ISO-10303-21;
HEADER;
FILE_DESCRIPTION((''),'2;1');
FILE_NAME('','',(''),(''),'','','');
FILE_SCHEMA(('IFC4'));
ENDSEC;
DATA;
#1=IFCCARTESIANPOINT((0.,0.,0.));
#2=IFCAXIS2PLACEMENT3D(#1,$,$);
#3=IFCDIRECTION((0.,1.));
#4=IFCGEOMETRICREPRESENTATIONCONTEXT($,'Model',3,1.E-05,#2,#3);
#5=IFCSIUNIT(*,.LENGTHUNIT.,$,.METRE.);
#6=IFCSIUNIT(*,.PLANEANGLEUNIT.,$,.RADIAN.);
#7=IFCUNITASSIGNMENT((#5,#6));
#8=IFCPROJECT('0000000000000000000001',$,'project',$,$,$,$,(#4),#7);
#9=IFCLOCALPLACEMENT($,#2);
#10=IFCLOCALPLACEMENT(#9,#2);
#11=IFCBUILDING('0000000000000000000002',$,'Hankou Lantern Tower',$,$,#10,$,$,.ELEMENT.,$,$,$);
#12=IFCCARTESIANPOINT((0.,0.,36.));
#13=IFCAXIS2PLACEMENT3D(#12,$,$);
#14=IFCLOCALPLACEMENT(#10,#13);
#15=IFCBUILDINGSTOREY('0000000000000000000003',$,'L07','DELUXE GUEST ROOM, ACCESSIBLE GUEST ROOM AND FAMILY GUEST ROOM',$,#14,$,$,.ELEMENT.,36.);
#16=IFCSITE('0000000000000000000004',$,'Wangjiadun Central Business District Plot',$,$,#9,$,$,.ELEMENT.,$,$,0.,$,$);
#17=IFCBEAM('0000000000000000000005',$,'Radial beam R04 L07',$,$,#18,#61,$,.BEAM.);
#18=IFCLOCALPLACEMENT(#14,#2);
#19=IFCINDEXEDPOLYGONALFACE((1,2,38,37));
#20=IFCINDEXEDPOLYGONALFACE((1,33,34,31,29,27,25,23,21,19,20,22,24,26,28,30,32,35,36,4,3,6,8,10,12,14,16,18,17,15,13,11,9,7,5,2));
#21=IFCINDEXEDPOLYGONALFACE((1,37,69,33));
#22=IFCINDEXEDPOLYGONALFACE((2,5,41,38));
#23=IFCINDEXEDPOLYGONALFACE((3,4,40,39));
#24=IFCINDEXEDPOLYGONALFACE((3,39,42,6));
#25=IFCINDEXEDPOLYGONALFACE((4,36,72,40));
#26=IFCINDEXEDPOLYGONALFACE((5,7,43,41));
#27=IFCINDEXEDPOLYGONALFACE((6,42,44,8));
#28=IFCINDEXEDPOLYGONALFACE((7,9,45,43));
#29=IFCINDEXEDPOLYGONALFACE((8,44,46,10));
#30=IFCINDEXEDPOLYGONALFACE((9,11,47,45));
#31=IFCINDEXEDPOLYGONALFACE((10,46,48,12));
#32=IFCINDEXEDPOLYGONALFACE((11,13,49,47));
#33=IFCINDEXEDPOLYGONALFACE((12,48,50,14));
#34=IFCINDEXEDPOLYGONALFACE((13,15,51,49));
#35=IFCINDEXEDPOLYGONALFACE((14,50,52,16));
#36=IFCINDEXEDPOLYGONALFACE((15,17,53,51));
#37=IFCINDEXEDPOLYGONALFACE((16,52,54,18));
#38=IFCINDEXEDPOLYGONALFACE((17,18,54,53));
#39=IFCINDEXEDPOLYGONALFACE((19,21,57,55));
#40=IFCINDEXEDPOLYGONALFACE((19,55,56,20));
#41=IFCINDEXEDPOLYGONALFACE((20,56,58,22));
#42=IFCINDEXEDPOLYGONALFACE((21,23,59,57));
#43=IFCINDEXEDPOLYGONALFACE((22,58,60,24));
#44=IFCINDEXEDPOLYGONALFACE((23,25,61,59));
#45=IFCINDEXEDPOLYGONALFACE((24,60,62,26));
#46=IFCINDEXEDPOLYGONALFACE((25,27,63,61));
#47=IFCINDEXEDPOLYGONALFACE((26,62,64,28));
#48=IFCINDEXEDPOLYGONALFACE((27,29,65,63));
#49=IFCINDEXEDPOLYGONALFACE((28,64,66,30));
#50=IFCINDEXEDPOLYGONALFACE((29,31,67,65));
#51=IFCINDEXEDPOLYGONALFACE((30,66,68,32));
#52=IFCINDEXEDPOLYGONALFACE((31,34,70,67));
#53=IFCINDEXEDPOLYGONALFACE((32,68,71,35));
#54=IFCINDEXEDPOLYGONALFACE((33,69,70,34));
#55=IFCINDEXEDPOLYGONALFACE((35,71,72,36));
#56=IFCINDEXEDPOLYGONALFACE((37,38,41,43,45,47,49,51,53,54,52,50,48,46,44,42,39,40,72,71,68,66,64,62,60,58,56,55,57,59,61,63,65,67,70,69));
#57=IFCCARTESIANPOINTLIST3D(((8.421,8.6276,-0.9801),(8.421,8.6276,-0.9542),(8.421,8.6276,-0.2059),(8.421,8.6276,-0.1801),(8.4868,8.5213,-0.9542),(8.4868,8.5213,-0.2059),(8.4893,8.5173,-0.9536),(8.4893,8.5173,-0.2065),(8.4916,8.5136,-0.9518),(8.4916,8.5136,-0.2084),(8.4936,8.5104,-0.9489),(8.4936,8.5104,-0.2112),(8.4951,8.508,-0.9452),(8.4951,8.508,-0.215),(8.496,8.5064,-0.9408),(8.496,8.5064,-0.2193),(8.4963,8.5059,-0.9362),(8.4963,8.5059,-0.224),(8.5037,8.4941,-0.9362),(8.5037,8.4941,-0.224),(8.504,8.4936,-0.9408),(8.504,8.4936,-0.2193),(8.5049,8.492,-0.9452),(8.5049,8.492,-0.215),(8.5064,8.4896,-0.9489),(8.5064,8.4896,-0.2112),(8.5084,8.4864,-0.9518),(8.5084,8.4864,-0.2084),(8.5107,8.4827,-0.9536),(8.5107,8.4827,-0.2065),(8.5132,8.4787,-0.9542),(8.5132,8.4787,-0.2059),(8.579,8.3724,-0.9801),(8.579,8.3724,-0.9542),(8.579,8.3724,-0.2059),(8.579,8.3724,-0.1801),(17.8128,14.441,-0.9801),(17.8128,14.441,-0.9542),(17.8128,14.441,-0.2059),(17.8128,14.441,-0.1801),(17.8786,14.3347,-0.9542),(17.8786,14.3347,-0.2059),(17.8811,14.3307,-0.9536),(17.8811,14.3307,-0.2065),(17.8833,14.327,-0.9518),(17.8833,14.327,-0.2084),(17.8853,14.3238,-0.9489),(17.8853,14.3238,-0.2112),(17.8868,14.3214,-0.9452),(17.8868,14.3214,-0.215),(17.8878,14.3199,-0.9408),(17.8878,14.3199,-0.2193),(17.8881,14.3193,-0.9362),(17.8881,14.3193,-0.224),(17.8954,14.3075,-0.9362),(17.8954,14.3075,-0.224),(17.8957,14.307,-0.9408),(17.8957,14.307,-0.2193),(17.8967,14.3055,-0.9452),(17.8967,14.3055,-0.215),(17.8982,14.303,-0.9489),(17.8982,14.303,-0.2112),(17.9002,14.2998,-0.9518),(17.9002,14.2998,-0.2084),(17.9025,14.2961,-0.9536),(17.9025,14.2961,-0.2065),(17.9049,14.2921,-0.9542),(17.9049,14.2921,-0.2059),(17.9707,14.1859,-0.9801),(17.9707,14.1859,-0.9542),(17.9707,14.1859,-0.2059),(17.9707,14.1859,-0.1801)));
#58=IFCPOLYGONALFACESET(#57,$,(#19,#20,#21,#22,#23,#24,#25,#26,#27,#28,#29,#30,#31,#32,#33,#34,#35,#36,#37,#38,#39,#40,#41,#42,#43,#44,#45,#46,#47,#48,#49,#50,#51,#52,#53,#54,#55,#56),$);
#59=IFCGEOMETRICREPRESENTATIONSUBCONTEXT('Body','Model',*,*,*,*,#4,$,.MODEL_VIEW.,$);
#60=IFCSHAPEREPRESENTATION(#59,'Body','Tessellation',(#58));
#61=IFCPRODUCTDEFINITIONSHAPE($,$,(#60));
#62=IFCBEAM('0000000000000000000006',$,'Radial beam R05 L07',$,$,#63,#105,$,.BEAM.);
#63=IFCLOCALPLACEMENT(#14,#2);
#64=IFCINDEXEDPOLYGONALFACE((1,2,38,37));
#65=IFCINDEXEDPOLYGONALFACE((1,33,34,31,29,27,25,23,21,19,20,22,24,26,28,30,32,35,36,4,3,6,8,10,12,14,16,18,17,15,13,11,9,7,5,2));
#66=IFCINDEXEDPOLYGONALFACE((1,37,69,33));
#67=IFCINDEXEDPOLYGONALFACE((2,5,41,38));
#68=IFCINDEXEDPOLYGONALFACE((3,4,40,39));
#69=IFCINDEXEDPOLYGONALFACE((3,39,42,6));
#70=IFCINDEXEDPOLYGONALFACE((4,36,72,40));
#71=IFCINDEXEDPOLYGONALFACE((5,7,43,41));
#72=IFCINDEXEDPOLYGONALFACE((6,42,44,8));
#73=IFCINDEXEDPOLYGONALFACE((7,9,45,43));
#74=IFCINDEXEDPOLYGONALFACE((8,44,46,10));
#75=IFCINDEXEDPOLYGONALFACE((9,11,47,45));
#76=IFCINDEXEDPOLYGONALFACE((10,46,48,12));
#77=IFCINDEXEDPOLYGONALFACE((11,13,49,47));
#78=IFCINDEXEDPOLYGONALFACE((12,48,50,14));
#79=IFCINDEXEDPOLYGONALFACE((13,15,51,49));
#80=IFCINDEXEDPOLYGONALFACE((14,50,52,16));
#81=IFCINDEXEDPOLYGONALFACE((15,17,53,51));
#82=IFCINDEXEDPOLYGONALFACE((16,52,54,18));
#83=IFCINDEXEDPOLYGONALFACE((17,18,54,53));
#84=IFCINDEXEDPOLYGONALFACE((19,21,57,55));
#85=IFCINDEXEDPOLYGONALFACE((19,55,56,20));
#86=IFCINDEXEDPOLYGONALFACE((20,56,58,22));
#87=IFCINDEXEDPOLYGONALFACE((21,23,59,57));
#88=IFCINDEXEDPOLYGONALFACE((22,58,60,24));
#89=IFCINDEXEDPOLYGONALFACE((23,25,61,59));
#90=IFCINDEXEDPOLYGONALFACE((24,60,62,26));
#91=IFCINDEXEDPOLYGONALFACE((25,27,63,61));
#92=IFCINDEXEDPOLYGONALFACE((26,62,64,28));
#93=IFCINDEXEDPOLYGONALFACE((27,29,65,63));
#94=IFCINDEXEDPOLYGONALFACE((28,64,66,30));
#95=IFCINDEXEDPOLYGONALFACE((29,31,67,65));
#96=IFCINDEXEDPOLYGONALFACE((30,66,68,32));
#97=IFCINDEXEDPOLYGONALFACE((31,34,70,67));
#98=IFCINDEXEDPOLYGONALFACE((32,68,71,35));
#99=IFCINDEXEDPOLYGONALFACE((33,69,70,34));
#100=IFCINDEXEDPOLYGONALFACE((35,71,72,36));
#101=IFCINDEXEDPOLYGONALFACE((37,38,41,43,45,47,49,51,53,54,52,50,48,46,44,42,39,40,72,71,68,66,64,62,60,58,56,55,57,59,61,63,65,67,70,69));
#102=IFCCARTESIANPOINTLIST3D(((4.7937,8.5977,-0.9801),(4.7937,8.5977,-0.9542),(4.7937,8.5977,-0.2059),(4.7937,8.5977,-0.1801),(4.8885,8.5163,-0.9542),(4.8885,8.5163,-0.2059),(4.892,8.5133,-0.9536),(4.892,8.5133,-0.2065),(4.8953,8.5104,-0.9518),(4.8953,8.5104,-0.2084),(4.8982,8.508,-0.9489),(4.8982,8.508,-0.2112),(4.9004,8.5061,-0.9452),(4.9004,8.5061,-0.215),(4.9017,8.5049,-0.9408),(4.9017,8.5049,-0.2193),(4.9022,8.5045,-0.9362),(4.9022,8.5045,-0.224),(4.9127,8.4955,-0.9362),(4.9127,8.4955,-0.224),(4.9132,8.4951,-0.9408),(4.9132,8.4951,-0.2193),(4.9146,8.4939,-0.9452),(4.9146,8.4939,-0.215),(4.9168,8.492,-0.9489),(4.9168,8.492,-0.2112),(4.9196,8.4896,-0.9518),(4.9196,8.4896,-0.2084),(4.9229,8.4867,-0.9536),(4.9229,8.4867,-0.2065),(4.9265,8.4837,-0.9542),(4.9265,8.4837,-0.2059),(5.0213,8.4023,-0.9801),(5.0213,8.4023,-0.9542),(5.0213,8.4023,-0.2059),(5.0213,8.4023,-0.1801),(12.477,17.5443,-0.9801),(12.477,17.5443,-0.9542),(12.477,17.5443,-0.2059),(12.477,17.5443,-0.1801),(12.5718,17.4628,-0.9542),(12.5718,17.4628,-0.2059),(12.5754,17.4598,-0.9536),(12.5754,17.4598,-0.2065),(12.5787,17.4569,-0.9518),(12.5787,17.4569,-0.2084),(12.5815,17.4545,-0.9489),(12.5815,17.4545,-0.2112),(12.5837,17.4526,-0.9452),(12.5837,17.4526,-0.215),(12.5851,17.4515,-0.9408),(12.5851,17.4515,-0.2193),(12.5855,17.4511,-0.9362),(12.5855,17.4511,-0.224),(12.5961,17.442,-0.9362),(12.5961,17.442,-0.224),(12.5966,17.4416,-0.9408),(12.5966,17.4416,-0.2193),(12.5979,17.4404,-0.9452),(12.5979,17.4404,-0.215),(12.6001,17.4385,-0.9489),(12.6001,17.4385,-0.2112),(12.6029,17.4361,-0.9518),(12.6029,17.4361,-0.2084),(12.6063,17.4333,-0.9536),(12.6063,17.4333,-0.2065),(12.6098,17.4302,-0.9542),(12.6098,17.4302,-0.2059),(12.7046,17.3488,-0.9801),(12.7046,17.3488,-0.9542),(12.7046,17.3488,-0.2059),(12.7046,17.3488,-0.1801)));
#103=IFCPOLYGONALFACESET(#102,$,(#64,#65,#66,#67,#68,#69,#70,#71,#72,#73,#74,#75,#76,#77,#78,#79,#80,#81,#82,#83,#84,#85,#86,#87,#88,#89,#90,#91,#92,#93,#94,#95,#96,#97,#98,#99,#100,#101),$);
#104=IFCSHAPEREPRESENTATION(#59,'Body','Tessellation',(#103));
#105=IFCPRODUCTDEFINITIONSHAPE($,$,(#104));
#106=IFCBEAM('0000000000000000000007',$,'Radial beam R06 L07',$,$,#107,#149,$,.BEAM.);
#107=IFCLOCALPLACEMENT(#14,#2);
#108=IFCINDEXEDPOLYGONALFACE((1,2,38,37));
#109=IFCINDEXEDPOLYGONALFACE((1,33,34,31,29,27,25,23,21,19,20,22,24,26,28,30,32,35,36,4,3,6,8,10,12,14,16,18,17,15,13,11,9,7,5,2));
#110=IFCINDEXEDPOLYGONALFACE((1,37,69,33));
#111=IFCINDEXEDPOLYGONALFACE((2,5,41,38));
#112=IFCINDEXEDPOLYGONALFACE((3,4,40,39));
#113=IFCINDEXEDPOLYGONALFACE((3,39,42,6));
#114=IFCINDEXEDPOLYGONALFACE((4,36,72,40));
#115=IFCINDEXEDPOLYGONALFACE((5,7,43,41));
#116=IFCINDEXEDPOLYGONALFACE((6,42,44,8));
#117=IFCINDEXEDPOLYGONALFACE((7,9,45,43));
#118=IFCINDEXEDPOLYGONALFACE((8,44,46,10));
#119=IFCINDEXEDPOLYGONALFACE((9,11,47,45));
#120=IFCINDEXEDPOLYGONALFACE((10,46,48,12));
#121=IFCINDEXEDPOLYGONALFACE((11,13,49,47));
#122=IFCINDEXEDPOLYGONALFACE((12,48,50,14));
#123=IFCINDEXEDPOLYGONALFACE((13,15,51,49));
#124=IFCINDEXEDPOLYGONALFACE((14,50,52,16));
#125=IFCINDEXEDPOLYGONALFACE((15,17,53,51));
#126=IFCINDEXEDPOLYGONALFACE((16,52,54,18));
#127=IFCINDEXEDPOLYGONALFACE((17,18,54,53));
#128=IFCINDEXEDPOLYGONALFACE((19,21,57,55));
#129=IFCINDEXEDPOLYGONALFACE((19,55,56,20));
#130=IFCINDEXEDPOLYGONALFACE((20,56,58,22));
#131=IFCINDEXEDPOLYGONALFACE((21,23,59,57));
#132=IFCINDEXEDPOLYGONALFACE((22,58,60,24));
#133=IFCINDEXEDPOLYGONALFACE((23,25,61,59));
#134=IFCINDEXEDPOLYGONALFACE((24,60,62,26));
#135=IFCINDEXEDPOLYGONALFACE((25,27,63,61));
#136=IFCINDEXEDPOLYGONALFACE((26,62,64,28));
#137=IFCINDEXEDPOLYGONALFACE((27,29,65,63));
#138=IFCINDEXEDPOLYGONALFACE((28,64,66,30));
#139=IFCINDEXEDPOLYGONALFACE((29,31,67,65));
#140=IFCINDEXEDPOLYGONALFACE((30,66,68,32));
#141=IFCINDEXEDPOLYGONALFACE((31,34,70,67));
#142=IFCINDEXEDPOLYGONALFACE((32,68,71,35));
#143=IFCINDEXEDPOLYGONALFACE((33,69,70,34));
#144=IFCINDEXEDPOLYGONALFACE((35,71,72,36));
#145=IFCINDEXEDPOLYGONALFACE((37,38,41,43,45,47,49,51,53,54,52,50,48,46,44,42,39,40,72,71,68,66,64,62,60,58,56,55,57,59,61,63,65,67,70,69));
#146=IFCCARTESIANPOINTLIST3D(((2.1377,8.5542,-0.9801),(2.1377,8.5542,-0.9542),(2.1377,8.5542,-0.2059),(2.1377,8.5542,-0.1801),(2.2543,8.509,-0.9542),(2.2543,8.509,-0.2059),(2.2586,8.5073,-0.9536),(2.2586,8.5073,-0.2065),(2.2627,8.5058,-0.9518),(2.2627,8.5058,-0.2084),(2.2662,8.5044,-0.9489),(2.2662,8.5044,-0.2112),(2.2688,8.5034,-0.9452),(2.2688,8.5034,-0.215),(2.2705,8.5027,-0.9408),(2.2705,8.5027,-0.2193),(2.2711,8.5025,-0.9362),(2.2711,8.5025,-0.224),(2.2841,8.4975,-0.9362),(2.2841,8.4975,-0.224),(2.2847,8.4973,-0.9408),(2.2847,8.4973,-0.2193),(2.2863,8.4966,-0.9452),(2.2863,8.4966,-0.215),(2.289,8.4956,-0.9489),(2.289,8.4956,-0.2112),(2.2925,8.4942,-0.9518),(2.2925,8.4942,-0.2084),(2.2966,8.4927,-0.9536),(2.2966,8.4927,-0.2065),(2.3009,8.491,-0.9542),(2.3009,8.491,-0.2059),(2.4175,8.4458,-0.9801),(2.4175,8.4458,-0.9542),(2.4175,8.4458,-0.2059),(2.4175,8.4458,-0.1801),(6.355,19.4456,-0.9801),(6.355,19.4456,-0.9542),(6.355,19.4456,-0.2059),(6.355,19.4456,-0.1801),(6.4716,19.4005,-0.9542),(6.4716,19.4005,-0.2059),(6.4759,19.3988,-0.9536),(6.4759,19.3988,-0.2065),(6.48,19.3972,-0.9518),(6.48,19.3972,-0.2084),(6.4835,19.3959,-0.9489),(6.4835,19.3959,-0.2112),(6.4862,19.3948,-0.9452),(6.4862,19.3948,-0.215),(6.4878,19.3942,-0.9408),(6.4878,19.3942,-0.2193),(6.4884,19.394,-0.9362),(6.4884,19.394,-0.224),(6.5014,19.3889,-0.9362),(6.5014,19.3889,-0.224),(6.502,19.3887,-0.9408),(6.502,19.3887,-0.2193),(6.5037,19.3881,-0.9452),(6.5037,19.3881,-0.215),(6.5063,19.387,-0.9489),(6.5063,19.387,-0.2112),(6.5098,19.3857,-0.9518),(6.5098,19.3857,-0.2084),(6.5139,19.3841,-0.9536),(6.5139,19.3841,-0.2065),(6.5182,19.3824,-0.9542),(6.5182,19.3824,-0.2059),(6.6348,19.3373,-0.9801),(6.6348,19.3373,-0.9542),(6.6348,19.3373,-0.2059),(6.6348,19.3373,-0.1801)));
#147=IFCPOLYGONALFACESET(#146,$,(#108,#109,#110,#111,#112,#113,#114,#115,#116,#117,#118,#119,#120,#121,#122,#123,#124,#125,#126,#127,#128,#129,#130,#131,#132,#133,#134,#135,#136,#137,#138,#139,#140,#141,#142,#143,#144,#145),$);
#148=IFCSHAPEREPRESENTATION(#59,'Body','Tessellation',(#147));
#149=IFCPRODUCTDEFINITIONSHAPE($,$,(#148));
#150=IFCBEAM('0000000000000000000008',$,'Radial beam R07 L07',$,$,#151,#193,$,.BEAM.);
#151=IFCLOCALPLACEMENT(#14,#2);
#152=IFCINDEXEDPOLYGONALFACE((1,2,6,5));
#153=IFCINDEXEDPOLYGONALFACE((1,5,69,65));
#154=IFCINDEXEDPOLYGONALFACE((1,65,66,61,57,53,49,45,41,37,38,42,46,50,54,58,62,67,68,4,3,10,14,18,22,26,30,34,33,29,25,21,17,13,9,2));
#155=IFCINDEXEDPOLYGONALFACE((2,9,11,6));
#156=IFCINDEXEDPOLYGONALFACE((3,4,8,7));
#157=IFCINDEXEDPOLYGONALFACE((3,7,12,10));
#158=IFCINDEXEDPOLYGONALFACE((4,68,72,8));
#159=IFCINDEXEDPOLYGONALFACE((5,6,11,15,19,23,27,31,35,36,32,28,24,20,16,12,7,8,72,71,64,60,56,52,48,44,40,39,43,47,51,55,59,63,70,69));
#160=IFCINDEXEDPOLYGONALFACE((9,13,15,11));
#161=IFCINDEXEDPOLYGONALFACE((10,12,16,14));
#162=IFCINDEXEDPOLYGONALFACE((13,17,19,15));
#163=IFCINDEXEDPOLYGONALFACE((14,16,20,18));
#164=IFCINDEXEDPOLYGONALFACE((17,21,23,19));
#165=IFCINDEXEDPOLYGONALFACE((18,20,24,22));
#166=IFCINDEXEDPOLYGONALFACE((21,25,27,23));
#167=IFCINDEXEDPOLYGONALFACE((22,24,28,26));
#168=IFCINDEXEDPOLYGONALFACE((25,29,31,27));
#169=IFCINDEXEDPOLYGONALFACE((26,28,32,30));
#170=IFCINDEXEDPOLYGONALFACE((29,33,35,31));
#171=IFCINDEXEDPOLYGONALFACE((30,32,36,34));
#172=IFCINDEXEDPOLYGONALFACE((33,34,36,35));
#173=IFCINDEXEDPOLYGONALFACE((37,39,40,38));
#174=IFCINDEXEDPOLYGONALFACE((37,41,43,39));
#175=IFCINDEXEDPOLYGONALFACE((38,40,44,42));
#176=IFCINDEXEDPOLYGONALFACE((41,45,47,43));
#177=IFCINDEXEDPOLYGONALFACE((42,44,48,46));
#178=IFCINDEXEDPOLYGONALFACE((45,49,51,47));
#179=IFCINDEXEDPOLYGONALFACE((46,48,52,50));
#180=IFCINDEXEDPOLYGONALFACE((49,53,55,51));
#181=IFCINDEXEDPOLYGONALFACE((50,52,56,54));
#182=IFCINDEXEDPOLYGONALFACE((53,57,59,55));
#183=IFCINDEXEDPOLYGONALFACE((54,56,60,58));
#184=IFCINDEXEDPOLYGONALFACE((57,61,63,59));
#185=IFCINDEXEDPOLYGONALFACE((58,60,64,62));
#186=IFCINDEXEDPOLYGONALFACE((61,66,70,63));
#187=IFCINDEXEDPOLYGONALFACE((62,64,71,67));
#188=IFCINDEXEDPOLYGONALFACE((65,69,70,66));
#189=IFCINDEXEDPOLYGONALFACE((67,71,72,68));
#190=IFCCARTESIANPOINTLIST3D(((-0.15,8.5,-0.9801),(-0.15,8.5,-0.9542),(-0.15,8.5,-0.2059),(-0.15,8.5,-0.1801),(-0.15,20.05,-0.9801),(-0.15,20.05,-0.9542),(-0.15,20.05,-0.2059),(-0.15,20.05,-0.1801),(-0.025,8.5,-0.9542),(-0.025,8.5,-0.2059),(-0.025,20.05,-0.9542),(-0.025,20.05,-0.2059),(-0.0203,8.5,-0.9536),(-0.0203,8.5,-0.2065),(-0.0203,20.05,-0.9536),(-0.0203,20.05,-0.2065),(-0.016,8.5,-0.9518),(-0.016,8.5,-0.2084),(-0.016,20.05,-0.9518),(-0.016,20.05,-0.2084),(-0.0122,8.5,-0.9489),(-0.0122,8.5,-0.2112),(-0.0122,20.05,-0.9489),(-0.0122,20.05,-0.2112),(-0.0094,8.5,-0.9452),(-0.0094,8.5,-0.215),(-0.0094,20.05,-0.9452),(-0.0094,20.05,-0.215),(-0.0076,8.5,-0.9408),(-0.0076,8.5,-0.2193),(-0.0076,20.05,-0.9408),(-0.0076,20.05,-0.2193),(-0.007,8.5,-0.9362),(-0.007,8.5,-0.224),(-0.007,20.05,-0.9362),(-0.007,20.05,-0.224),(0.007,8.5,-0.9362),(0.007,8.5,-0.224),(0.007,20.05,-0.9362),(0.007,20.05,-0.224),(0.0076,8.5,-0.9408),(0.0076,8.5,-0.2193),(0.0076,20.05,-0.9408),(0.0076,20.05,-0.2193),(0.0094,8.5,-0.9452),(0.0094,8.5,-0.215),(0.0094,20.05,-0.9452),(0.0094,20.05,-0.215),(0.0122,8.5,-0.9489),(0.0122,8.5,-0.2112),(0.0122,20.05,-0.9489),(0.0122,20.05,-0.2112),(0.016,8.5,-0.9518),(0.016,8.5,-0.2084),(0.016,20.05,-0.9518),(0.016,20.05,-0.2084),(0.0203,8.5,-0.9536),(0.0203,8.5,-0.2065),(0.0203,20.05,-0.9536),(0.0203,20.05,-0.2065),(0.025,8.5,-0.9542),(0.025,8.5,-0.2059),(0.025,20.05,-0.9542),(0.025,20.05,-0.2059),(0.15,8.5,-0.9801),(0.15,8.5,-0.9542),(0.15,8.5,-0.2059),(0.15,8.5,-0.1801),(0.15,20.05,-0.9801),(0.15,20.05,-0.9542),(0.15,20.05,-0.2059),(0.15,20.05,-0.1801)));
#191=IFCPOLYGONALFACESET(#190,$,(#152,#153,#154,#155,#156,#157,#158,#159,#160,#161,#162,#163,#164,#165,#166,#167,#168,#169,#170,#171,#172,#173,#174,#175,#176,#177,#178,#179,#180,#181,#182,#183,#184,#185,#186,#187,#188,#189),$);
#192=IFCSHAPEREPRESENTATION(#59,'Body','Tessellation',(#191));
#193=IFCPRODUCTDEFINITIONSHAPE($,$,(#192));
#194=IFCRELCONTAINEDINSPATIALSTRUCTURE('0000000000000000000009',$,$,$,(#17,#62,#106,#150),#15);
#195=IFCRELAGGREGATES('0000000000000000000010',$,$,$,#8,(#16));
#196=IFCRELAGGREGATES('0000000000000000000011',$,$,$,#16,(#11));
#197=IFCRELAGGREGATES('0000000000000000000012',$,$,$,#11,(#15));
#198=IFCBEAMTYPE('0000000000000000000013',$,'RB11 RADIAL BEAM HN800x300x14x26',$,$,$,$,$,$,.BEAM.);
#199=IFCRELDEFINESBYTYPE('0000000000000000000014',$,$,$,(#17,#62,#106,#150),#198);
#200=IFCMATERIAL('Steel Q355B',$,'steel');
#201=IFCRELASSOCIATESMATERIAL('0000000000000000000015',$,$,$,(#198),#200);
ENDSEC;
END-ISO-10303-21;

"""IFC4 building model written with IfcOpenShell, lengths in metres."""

from ifc_helpers import new_model, si_unit, direction, frame, origin, origin_2d, place, context, subcontext, project, spatial, i_section, extrude, material, material_profile, profile_set, type_object, element, save


model = new_model("IFC4")

# Units and contexts
model_context = context("Model", 3, precision=1e-05, world=origin(), true_north=direction((0.0, 1.0)))
body_context = subcontext(model_context, "Body", "Model", "MODEL_VIEW")
ifc_project = project(units=[si_unit("LENGTHUNIT", "METRE"), si_unit("PLANEANGLEUNIT", "RADIAN")], contexts=[model_context])

# Site, building, storey
site_placement = place(None, origin())
site = spatial("IfcSite", under=ifc_project, at=site_placement, Name="Wangjiadun Central Business District Plot", CompositionType="ELEMENT", RefElevation=0.0)
building_placement = place(site_placement, origin())
building = spatial("IfcBuilding", under=site, at=building_placement, Name="Hankou Lantern Tower", CompositionType="ELEMENT")
storey_placement = place(building_placement, frame((0.0, 0.0, 36.0)))
storey = spatial("IfcBuildingStorey", under=building, at=storey_placement, Name="L07", Description="DELUXE GUEST ROOM, ACCESSIBLE GUEST ROOM AND FAMILY GUEST ROOM", CompositionType="ELEMENT", Elevation=36.0)

# Beams
ifc_material_1 = material(Name="Steel Q355B", Category="steel")
ifc_material_profile_1 = material_profile(ifc_material_1, i_section(OverallWidth=0.3, OverallDepth=0.8, WebThickness=0.0139, FlangeThickness=0.0259, FilletRadius=0.0181, at=origin_2d()), Name="HN800x300x14x26")
ifc_profile_set_1 = profile_set([ifc_material_profile_1], Name="Steel Q355B")
beam_type_1 = type_object("IfcBeamType", Name="RB11 RADIAL BEAM HN800x300x14x26", PredefinedType="BEAM", material=ifc_profile_set_1)
beam_1_placement = place(storey_placement, frame((8.5, 8.5, -0.5801), z_axis=(0.850286, 0.52632, 0.0), x_axis=(-0.52632, 0.850286, 0.0)))
element("IfcBeam", 1, at=beam_1_placement, inside=storey, type_object=beam_type_1, Name="Radial beam R04 L07", PredefinedType="BEAM", context=body_context, shape_type="SweptSolid", body=[
    extrude(i_section(OverallWidth=0.3, OverallDepth=0.8, WebThickness=0.0139, FlangeThickness=0.0259, FilletRadius=0.0181, at=origin_2d()), origin(), (0.0, 0.0, 1.0), 11.0454),
])
beam_2_placement = place(storey_placement, frame((4.9075, 8.5, -0.5801), z_axis=(0.651519, 0.758632, 0.0), x_axis=(-0.758632, 0.651519, 0.0)))
element("IfcBeam", 2, at=beam_2_placement, inside=storey, type_object=beam_type_1, Name="Radial beam R05 L07", PredefinedType="BEAM", context=body_context, shape_type="SweptSolid", body=[
    extrude(i_section(OverallWidth=0.3, OverallDepth=0.8, WebThickness=0.0139, FlangeThickness=0.0259, FilletRadius=0.0181, at=origin_2d()), origin(), (0.0, 0.0, 1.0), 11.793),
])
beam_3_placement = place(storey_placement, frame((2.2776, 8.5, -0.5801), z_axis=(0.361089, 0.932531, 0.0), x_axis=(-0.932531, 0.361089, 0.0)))
element("IfcBeam", 3, at=beam_3_placement, inside=storey, type_object=beam_type_1, Name="Radial beam R06 L07", PredefinedType="BEAM", context=body_context, shape_type="SweptSolid", body=[
    extrude(i_section(OverallWidth=0.3, OverallDepth=0.8, WebThickness=0.0139, FlangeThickness=0.0259, FilletRadius=0.0181, at=origin_2d()), origin(), (0.0, 0.0, 1.0), 11.6794),
])
beam_4_placement = place(storey_placement, frame((0.0, 8.5, -0.5801), z_axis=(0.0, 1.0, 0.0), x_axis=(-1.0, 0.0, 0.0)))
element("IfcBeam", 4, at=beam_4_placement, inside=storey, type_object=beam_type_1, Name="Radial beam R07 L07", PredefinedType="BEAM", context=body_context, shape_type="SweptSolid", body=[
    extrude(i_section(OverallWidth=0.3, OverallDepth=0.8, WebThickness=0.0139, FlangeThickness=0.0259, FilletRadius=0.0181, at=origin_2d()), origin(), (0.0, 0.0, 1.0), 11.55),
])

save(model, "model.ifc")
